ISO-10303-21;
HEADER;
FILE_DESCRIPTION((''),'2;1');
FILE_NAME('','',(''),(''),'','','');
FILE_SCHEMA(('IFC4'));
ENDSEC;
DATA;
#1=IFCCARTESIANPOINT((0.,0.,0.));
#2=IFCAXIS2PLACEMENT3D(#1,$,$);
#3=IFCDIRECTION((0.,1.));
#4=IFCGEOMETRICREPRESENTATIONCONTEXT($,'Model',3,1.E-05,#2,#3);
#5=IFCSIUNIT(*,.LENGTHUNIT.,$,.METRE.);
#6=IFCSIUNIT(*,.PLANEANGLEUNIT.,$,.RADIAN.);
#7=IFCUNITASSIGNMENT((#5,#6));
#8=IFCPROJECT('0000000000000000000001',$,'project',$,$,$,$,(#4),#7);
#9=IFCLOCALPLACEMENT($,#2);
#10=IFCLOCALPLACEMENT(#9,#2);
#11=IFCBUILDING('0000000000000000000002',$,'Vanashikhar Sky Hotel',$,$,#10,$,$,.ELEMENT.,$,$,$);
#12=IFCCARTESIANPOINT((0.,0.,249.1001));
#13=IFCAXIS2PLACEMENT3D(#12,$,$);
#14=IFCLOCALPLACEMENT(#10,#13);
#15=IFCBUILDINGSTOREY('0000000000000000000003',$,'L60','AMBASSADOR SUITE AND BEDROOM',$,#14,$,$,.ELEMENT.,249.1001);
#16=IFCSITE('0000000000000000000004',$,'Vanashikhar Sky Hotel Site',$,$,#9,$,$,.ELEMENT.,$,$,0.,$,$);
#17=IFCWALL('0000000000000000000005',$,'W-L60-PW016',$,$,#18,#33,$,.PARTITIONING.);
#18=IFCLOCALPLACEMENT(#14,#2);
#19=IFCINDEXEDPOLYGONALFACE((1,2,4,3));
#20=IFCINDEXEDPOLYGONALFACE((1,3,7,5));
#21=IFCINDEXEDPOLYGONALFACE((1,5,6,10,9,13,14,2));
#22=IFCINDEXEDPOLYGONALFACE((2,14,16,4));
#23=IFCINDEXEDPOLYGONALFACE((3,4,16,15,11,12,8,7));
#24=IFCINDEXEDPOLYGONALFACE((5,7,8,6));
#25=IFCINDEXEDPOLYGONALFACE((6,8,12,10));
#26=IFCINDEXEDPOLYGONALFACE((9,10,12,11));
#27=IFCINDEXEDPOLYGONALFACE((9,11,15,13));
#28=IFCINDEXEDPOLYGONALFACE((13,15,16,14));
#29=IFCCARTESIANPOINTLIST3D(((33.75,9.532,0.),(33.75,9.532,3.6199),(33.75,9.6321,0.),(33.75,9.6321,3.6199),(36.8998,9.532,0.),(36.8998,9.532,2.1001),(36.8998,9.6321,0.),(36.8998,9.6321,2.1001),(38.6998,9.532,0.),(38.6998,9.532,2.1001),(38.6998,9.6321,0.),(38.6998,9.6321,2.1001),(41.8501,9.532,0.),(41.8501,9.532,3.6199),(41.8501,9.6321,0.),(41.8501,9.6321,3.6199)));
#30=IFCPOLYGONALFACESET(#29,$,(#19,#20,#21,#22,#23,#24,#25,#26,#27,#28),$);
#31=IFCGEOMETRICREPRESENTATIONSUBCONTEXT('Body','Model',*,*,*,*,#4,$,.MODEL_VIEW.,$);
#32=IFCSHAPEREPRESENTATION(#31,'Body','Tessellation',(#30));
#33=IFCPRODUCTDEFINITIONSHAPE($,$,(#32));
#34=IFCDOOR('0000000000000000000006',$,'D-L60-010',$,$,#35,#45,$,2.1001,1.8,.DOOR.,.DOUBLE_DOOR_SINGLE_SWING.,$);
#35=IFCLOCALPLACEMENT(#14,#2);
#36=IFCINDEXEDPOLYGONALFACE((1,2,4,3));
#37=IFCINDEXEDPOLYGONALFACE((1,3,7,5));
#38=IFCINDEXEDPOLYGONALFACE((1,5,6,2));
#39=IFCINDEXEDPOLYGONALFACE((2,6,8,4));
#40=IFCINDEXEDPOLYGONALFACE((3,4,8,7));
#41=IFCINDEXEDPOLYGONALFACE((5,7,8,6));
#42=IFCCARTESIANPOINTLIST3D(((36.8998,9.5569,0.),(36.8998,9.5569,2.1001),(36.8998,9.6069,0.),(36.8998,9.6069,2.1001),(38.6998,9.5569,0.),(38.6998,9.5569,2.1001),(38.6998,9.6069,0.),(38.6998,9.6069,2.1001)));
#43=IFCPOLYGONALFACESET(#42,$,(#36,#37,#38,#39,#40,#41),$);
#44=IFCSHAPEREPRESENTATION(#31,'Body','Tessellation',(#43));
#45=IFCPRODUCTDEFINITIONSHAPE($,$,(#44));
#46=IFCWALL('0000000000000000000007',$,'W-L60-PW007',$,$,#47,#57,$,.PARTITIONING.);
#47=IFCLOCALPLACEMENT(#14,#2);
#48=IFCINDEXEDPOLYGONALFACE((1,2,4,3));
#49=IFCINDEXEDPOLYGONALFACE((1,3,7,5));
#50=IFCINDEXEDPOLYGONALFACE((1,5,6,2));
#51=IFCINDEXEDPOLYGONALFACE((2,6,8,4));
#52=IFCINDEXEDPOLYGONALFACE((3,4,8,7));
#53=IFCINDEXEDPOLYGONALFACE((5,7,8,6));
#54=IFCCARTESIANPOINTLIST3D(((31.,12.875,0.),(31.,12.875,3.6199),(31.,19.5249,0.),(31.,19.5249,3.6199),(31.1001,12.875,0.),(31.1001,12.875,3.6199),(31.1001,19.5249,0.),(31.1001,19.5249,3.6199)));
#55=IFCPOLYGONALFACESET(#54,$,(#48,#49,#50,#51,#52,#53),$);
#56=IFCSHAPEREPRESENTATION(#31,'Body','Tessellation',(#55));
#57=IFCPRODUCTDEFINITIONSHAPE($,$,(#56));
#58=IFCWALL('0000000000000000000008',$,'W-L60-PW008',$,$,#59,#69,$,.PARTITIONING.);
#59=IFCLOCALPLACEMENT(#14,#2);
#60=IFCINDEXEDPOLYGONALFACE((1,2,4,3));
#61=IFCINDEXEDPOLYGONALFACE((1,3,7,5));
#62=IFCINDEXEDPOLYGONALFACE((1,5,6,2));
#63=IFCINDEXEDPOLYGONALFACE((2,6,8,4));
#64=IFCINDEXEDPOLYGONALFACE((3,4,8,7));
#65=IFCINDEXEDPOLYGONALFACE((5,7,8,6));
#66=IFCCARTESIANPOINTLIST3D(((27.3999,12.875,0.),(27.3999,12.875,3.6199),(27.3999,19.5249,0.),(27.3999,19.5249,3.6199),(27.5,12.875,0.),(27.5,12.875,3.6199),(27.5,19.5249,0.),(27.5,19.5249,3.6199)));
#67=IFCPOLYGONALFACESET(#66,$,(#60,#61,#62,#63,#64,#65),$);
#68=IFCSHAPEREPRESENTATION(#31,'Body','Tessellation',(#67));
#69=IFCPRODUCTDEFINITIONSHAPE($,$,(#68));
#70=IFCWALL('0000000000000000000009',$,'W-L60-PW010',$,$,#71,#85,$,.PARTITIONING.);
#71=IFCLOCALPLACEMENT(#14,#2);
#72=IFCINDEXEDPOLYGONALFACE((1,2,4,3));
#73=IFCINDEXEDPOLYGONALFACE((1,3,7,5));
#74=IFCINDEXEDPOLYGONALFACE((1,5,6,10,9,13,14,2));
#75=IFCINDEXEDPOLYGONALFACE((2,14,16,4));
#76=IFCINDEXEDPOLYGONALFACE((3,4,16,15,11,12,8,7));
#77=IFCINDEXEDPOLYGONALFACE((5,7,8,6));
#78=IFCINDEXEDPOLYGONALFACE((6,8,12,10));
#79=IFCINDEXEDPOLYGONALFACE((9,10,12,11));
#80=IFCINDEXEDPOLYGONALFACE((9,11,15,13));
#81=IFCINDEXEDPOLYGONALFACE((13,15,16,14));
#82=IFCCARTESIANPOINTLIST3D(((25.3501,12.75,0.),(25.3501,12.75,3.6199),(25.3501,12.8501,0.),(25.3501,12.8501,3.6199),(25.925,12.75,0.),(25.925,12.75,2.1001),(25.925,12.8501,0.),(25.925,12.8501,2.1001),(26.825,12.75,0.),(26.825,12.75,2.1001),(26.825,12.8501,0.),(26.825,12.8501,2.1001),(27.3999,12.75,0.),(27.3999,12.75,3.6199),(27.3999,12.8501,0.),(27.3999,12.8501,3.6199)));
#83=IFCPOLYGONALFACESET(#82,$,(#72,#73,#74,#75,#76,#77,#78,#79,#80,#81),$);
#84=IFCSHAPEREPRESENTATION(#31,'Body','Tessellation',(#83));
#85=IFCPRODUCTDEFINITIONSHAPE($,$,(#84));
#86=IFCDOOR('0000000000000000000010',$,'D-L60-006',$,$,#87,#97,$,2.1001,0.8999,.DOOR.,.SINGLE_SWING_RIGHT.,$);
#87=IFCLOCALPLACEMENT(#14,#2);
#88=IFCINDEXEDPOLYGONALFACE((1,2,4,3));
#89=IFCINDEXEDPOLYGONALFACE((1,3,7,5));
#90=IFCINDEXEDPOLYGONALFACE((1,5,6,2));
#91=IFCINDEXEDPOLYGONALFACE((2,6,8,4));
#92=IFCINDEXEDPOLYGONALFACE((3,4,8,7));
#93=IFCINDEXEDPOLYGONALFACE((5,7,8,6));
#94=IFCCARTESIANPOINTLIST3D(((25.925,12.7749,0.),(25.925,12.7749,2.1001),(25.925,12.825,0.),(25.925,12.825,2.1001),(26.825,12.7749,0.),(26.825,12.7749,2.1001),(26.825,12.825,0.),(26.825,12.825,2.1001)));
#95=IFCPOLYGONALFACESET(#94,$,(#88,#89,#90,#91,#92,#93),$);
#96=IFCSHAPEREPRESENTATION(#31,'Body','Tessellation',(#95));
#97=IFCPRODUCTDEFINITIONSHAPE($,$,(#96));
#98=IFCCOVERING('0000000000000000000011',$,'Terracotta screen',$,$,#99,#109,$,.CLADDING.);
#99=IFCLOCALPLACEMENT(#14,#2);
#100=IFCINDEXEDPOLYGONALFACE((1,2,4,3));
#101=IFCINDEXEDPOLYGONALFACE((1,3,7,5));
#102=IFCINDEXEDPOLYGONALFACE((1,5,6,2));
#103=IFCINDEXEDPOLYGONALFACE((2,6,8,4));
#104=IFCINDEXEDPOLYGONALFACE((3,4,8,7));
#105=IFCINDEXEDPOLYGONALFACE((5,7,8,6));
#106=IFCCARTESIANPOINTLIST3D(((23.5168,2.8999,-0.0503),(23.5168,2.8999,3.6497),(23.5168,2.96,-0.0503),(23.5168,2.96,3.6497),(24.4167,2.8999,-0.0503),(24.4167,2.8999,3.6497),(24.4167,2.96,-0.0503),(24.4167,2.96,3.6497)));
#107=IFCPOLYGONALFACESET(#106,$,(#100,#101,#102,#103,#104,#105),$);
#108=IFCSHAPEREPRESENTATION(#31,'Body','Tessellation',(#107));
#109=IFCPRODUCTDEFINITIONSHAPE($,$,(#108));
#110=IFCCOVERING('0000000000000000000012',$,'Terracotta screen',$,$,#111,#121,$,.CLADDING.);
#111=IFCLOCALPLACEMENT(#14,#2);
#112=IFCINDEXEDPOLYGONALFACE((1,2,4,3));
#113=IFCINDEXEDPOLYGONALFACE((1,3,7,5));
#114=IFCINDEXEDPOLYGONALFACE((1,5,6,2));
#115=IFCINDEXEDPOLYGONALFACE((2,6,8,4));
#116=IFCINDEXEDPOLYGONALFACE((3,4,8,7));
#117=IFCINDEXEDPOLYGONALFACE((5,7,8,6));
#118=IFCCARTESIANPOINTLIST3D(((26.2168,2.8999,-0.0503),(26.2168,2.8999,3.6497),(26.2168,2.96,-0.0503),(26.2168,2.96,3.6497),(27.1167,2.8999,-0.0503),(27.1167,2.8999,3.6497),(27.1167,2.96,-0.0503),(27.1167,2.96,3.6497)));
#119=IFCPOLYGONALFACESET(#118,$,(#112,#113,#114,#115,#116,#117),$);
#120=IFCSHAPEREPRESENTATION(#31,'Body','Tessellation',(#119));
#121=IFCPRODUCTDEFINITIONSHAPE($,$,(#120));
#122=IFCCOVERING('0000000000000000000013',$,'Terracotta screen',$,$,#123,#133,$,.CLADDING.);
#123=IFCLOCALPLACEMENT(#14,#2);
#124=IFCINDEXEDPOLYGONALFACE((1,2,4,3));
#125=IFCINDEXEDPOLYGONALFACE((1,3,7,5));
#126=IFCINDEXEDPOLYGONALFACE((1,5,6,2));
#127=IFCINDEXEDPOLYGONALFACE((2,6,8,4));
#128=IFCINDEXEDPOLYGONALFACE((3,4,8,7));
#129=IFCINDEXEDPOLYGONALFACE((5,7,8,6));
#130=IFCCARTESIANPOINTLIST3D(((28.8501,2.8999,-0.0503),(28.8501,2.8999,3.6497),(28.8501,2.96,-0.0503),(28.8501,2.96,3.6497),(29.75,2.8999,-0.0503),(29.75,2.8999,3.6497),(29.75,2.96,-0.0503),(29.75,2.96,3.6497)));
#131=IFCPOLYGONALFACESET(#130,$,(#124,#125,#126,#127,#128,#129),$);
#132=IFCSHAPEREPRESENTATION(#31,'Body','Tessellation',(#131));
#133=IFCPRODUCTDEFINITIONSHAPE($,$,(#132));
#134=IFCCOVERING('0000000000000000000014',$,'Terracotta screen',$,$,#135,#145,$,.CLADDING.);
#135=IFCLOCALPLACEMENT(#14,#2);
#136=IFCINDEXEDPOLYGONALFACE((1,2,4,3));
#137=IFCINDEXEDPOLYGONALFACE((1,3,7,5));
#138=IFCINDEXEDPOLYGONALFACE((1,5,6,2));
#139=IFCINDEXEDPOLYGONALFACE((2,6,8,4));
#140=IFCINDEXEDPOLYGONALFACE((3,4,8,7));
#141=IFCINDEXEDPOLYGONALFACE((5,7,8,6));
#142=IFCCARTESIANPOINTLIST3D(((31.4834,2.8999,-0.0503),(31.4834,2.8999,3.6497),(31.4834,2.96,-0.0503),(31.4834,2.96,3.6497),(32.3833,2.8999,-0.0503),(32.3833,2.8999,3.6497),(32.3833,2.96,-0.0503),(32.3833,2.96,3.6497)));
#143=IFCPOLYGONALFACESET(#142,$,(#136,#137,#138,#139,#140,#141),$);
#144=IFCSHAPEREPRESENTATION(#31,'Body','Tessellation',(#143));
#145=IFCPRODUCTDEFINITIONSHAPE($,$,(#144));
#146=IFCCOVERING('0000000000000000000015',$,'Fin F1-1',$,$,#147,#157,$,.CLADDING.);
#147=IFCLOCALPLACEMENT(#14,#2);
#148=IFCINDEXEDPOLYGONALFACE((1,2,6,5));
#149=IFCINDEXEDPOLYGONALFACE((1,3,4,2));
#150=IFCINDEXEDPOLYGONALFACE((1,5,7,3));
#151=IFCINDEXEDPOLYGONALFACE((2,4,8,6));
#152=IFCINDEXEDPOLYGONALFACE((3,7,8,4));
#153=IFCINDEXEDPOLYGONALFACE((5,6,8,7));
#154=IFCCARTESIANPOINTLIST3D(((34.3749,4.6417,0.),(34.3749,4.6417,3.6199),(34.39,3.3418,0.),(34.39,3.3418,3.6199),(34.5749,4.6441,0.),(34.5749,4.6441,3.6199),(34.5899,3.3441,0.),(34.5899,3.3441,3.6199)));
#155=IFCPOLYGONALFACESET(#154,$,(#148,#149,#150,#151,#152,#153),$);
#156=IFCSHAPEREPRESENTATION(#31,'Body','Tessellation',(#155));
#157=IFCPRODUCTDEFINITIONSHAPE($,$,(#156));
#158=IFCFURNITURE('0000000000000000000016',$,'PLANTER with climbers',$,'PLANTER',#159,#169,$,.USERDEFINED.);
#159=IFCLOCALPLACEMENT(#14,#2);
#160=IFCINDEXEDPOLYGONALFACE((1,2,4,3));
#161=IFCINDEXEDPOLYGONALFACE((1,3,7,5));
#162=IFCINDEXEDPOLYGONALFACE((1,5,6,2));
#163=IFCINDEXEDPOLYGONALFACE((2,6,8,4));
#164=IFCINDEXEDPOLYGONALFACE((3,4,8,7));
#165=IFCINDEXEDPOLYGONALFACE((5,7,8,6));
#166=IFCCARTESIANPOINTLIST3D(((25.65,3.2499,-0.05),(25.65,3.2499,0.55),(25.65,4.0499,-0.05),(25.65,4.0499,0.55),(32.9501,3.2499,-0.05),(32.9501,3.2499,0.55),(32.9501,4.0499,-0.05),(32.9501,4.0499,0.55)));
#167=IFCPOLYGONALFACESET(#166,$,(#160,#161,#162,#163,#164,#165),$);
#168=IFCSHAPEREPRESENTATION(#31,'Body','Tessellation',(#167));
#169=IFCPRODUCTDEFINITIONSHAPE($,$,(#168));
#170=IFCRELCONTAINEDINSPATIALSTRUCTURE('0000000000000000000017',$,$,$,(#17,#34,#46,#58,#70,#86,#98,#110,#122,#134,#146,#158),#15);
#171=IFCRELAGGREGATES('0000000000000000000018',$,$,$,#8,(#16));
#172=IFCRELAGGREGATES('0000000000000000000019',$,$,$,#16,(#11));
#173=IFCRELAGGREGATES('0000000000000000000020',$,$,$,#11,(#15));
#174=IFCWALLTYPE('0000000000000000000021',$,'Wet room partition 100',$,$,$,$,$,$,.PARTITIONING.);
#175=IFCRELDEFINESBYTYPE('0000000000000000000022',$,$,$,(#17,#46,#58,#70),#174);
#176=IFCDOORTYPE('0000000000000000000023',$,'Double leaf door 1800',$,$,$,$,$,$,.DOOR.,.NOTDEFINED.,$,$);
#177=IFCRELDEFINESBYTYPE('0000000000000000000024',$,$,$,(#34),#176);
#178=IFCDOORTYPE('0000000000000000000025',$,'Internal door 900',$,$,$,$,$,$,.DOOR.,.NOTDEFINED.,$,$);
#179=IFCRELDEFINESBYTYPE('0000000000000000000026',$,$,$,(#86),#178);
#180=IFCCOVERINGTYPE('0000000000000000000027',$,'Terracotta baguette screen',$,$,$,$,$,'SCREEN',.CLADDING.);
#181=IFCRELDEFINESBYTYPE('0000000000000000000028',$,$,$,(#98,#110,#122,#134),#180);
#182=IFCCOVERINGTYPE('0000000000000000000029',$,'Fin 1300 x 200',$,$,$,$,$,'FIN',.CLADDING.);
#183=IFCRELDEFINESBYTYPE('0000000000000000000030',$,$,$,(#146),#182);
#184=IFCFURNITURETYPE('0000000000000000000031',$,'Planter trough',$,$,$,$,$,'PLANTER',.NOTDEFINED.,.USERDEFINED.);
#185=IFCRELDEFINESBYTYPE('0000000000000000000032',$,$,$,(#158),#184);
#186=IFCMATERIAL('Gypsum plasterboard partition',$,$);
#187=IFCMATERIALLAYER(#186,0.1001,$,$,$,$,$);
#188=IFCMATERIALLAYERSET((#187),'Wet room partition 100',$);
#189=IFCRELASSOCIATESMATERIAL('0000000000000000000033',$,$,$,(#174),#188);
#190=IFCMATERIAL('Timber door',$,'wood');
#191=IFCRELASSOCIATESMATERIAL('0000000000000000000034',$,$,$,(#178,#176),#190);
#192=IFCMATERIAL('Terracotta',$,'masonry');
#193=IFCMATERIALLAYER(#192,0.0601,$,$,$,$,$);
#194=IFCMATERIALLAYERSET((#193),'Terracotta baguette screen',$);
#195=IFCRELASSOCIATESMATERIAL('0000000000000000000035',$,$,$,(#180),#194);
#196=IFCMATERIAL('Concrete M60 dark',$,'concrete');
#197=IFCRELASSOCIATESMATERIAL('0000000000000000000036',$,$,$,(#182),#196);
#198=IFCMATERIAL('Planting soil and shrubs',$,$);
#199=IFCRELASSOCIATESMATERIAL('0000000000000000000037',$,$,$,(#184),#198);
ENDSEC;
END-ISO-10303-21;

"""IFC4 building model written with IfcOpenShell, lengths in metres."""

from ifc_helpers import new_model, si_unit, direction, frame, frame_2d, origin, origin_2d, place, context, subcontext, project, spatial, rectangle, extrude, source, transform, mapped, material, layer, layer_set, material_profile, profile_set, type_object, element, fill, save


model = new_model("IFC4")

# Units and contexts
model_context = context("Model", 3, precision=1e-05, world=origin(), true_north=direction((0.0, 1.0)))
body_context = subcontext(model_context, "Body", "Model", "MODEL_VIEW")
ifc_project = project(units=[si_unit("LENGTHUNIT", "METRE"), si_unit("PLANEANGLEUNIT", "RADIAN")], contexts=[model_context])

# Site, building, storey
site_placement = place(None, origin())
site = spatial("IfcSite", under=ifc_project, at=site_placement, Name="Vanashikhar Sky Hotel Site", CompositionType="ELEMENT", RefElevation=0.0)
building_placement = place(site_placement, origin())
building = spatial("IfcBuilding", under=site, at=building_placement, Name="Vanashikhar Sky Hotel", CompositionType="ELEMENT")
storey_placement = place(building_placement, frame((0.0, 0.0, 249.1001)))
storey = spatial("IfcBuildingStorey", under=building, at=storey_placement, Name="L60", Description="AMBASSADOR SUITE AND BEDROOM", CompositionType="ELEMENT", Elevation=249.1001)

# Wall, opening, door
ifc_material_1 = material(Name="Gypsum plasterboard partition")
ifc_layer_1 = layer(ifc_material_1, 0.1001)
ifc_layer_set_1 = layer_set([ifc_layer_1], Name="Wet room partition 100")
wall_type_1 = type_object("IfcWallType", Name="Wet room partition 100", PredefinedType="PARTITIONING", material=ifc_layer_set_1)
shared_shape_1 = source(origin(), body_context, "Body", "SweptSolid", [
    extrude(rectangle(XDim=0.8999, YDim=2.1001, at=frame_2d((0.45, 1.05))), frame((0.0, 0.0601, 0.0), z_axis=(0.0, -1.0, 0.0), x_axis=(1.0, 0.0, 0.0)), (0.0, 0.0, 1.0), 0.1201),
])
ifc_material_2 = material(Name="Timber door", Category="wood")
door_type_1 = type_object("IfcDoorType", Name="Internal door 900", OperationType="NOTDEFINED", PredefinedType="DOOR", material=ifc_material_2)
shared_shape_2 = source(origin(), body_context, "Body", "SweptSolid", [
    extrude(rectangle(XDim=0.8999, YDim=2.1001, at=frame_2d((0.45, 1.05))), frame((0.0, 0.0249, 0.0), z_axis=(0.0, -1.0, 0.0), x_axis=(1.0, 0.0, 0.0)), (0.0, 0.0, 1.0), 0.05),
])
shared_shape_3 = source(origin(), body_context, "Body", "SweptSolid", [
    extrude(rectangle(XDim=8.1001, YDim=0.1001, at=frame_2d((4.05, 0.0))), origin(), (0.0, 0.0, 1.0), 3.6199),
])
wall_1_placement = place(storey_placement, frame((33.75, 9.582, 0.0), z_axis=(0.0, 0.0, 1.0), x_axis=(1.0, 0.0, 0.0)))
wall_1 = element("IfcWall", 1, at=wall_1_placement, inside=storey, type_object=wall_type_1, Name="W-L60-PW016", PredefinedType="PARTITIONING", context=body_context, shape_type="MappedRepresentation", body=[
    mapped(shared_shape_3, transform((0.0, 0.0, 0.0), scale=1.0)),
])
shared_shape_4 = source(origin(), body_context, "Body", "SweptSolid", [
    extrude(rectangle(XDim=1.8, YDim=2.1001, at=frame_2d((0.8999, 1.05))), frame((0.0, 0.0601, 0.0), z_axis=(0.0, -1.0, 0.0), x_axis=(1.0, 0.0, 0.0)), (0.0, 0.0, 1.0), 0.1201),
])
opening_1_placement = place(wall_1_placement, frame((3.1499, 0.0, 0.0)))
opening_1 = element("IfcOpeningElement", 2, at=opening_1_placement, cuts=wall_1, PredefinedType="OPENING", context=body_context, shape_type="MappedRepresentation", body=[
    mapped(shared_shape_4, transform((0.0, 0.0, 0.0), scale=1.0)),
])
door_type_2 = type_object("IfcDoorType", Name="Double leaf door 1800", OperationType="NOTDEFINED", PredefinedType="DOOR", material=ifc_material_2)
shared_shape_5 = source(origin(), body_context, "Body", "SweptSolid", [
    extrude(rectangle(XDim=1.8, YDim=2.1001, at=frame_2d((0.8999, 1.05))), frame((0.0, 0.0249, 0.0), z_axis=(0.0, -1.0, 0.0), x_axis=(1.0, 0.0, 0.0)), (0.0, 0.0, 1.0), 0.05),
])
door_1_placement = place(opening_1_placement, origin())
door_1 = element("IfcDoor", 3, at=door_1_placement, inside=storey, type_object=door_type_2, Name="D-L60-010", OperationType="DOUBLE_DOOR_SINGLE_SWING", OverallHeight=2.1001, OverallWidth=1.8, PredefinedType="DOOR", context=body_context, shape_type="MappedRepresentation", body=[
    mapped(shared_shape_5, transform((0.0, 0.0, 0.0), scale=1.0)),
])
fill(opening_1, door_1)

# Walls
shared_shape_6 = source(origin(), body_context, "Body", "SweptSolid", [
    extrude(rectangle(XDim=6.6499, YDim=0.1001, at=frame_2d((3.325, 0.0))), origin(), (0.0, 0.0, 1.0), 3.6199),
])
for number, where, z_axis, x_axis, name in (
    (4, (31.05, 12.875, 0.0), (0.0, 0.0, 1.0), (0.0, 1.0, 0.0), "W-L60-PW007"),
    (5, (27.45, 12.875, 0.0), (0.0, 0.0, 1.0), (0.0, 1.0, 0.0), "W-L60-PW008"),
):
    element("IfcWall", number, at=place(storey_placement, frame(where, z_axis=z_axis, x_axis=x_axis)), inside=storey, type_object=wall_type_1, Name=name, PredefinedType="PARTITIONING", context=body_context, shape_type="MappedRepresentation", body=[
        mapped(shared_shape_6, transform((0.0, 0.0, 0.0), scale=1.0)),
    ])

# Wall, opening, door
shared_shape_7 = source(origin(), body_context, "Body", "SweptSolid", [
    extrude(rectangle(XDim=2.0498, YDim=0.1001, at=frame_2d((1.0249, 0.0))), origin(), (0.0, 0.0, 1.0), 3.6199),
])
wall_2_placement = place(storey_placement, frame((25.3501, 12.8, 0.0), z_axis=(0.0, 0.0, 1.0), x_axis=(1.0, 0.0, 0.0)))
wall_2 = element("IfcWall", 6, at=wall_2_placement, inside=storey, type_object=wall_type_1, Name="W-L60-PW010", PredefinedType="PARTITIONING", context=body_context, shape_type="MappedRepresentation", body=[
    mapped(shared_shape_7, transform((0.0, 0.0, 0.0), scale=1.0)),
])
opening_2_placement = place(wall_2_placement, frame((0.575, 0.0, 0.0)))
opening_2 = element("IfcOpeningElement", 7, at=opening_2_placement, cuts=wall_2, PredefinedType="OPENING", context=body_context, shape_type="MappedRepresentation", body=[
    mapped(shared_shape_1, transform((0.0, 0.0, 0.0), scale=1.0)),
])
door_2_placement = place(opening_2_placement, origin())
door_2 = element("IfcDoor", 8, at=door_2_placement, inside=storey, type_object=door_type_1, Name="D-L60-006", OperationType="SINGLE_SWING_RIGHT", OverallHeight=2.1001, OverallWidth=0.8999, PredefinedType="DOOR", context=body_context, shape_type="MappedRepresentation", body=[
    mapped(shared_shape_2, transform((0.0, 0.0, 0.0), scale=1.0)),
])
fill(opening_2, door_2)

# Coverings
ifc_material_3 = material(Name="Terracotta", Category="masonry")
ifc_layer_2 = layer(ifc_material_3, 0.0601)
ifc_layer_set_2 = layer_set([ifc_layer_2], Name="Terracotta baguette screen")
covering_type_1 = type_object("IfcCoveringType", Name="Terracotta baguette screen", ElementType="SCREEN", PredefinedType="CLADDING", material=ifc_layer_set_2)
shared_shape_8 = source(origin(), body_context, "Body", "SweptSolid", [
    extrude(rectangle(XDim=0.8999, YDim=0.0601, at=origin_2d()), origin(), (0.0, 0.0, 1.0), 3.7),
])
for number, where, z_axis, x_axis, name in (
    (9, (23.9668, 2.9299, -0.0503), (0.0, 0.0, 1.0), (1.0, 0.0, 0.0), "Terracotta screen"),
    (10, (26.6667, 2.9299, -0.0503), (0.0, 0.0, 1.0), (1.0, 0.0, 0.0), "Terracotta screen"),
    (11, (29.3, 2.9299, -0.0503), (0.0, 0.0, 1.0), (1.0, 0.0, 0.0), "Terracotta screen"),
    (12, (31.9333, 2.9299, -0.0503), (0.0, 0.0, 1.0), (1.0, 0.0, 0.0), "Terracotta screen"),
):
    element("IfcCovering", number, at=place(storey_placement, frame(where, z_axis=z_axis, x_axis=x_axis)), inside=storey, type_object=covering_type_1, Name=name, PredefinedType="CLADDING", context=body_context, shape_type="MappedRepresentation", body=[
        mapped(shared_shape_8, transform((0.0, 0.0, 0.0), scale=1.0)),
    ])
ifc_material_4 = material(Name="Concrete M60 dark", Category="concrete")
ifc_material_profile_1 = material_profile(ifc_material_4, rectangle(XDim=1.3, YDim=0.2, at=origin_2d()))
ifc_profile_set_1 = profile_set([ifc_material_profile_1], Name="Fin 1300 x 200")
covering_type_2 = type_object("IfcCoveringType", Name="Fin 1300 x 200", ElementType="FIN", PredefinedType="CLADDING", material=ifc_profile_set_1)
shared_shape_9 = source(origin(), body_context, "Body", "SweptSolid", [
    extrude(rectangle(XDim=1.3, YDim=0.2, at=origin_2d()), origin(), (0.0, 0.0, 1.0), 3.6199),
])
covering_placement = place(storey_placement, frame((34.4824, 3.9929, 0.0), z_axis=(0.0, 0.0, 1.0), x_axis=(0.011589, -0.999933, 0.0)))
element("IfcCovering", 13, at=covering_placement, inside=storey, type_object=covering_type_2, Name="Fin F1-1", PredefinedType="CLADDING", context=body_context, shape_type="MappedRepresentation", body=[
    mapped(shared_shape_9, transform((0.0, 0.0, 0.0), scale=1.0)),
])

# Furniture
ifc_material_5 = material(Name="Planting soil and shrubs")
furniture_type = type_object("IfcFurnitureType", Name="Planter trough", ElementType="PLANTER", AssemblyPlace="NOTDEFINED", PredefinedType="USERDEFINED", material=ifc_material_5)
shared_shape_10 = source(origin(), body_context, "Body", "SweptSolid", [
    extrude(rectangle(XDim=7.3, YDim=0.8, at=origin_2d()), origin(), (0.0, 0.0, 1.0), 0.6001),
])
furniture_placement = place(storey_placement, frame((29.3, 3.6499, -0.05), z_axis=(0.0, 0.0, 1.0), x_axis=(1.0, 0.0, 0.0)))
element("IfcFurniture", 14, at=furniture_placement, inside=storey, type_object=furniture_type, Name="PLANTER with climbers", ObjectType="PLANTER", PredefinedType="USERDEFINED", context=body_context, shape_type="MappedRepresentation", body=[
    mapped(shared_shape_10, transform((0.0, 0.0, 0.0), scale=1.0)),
])

save(model, "model.ifc")
